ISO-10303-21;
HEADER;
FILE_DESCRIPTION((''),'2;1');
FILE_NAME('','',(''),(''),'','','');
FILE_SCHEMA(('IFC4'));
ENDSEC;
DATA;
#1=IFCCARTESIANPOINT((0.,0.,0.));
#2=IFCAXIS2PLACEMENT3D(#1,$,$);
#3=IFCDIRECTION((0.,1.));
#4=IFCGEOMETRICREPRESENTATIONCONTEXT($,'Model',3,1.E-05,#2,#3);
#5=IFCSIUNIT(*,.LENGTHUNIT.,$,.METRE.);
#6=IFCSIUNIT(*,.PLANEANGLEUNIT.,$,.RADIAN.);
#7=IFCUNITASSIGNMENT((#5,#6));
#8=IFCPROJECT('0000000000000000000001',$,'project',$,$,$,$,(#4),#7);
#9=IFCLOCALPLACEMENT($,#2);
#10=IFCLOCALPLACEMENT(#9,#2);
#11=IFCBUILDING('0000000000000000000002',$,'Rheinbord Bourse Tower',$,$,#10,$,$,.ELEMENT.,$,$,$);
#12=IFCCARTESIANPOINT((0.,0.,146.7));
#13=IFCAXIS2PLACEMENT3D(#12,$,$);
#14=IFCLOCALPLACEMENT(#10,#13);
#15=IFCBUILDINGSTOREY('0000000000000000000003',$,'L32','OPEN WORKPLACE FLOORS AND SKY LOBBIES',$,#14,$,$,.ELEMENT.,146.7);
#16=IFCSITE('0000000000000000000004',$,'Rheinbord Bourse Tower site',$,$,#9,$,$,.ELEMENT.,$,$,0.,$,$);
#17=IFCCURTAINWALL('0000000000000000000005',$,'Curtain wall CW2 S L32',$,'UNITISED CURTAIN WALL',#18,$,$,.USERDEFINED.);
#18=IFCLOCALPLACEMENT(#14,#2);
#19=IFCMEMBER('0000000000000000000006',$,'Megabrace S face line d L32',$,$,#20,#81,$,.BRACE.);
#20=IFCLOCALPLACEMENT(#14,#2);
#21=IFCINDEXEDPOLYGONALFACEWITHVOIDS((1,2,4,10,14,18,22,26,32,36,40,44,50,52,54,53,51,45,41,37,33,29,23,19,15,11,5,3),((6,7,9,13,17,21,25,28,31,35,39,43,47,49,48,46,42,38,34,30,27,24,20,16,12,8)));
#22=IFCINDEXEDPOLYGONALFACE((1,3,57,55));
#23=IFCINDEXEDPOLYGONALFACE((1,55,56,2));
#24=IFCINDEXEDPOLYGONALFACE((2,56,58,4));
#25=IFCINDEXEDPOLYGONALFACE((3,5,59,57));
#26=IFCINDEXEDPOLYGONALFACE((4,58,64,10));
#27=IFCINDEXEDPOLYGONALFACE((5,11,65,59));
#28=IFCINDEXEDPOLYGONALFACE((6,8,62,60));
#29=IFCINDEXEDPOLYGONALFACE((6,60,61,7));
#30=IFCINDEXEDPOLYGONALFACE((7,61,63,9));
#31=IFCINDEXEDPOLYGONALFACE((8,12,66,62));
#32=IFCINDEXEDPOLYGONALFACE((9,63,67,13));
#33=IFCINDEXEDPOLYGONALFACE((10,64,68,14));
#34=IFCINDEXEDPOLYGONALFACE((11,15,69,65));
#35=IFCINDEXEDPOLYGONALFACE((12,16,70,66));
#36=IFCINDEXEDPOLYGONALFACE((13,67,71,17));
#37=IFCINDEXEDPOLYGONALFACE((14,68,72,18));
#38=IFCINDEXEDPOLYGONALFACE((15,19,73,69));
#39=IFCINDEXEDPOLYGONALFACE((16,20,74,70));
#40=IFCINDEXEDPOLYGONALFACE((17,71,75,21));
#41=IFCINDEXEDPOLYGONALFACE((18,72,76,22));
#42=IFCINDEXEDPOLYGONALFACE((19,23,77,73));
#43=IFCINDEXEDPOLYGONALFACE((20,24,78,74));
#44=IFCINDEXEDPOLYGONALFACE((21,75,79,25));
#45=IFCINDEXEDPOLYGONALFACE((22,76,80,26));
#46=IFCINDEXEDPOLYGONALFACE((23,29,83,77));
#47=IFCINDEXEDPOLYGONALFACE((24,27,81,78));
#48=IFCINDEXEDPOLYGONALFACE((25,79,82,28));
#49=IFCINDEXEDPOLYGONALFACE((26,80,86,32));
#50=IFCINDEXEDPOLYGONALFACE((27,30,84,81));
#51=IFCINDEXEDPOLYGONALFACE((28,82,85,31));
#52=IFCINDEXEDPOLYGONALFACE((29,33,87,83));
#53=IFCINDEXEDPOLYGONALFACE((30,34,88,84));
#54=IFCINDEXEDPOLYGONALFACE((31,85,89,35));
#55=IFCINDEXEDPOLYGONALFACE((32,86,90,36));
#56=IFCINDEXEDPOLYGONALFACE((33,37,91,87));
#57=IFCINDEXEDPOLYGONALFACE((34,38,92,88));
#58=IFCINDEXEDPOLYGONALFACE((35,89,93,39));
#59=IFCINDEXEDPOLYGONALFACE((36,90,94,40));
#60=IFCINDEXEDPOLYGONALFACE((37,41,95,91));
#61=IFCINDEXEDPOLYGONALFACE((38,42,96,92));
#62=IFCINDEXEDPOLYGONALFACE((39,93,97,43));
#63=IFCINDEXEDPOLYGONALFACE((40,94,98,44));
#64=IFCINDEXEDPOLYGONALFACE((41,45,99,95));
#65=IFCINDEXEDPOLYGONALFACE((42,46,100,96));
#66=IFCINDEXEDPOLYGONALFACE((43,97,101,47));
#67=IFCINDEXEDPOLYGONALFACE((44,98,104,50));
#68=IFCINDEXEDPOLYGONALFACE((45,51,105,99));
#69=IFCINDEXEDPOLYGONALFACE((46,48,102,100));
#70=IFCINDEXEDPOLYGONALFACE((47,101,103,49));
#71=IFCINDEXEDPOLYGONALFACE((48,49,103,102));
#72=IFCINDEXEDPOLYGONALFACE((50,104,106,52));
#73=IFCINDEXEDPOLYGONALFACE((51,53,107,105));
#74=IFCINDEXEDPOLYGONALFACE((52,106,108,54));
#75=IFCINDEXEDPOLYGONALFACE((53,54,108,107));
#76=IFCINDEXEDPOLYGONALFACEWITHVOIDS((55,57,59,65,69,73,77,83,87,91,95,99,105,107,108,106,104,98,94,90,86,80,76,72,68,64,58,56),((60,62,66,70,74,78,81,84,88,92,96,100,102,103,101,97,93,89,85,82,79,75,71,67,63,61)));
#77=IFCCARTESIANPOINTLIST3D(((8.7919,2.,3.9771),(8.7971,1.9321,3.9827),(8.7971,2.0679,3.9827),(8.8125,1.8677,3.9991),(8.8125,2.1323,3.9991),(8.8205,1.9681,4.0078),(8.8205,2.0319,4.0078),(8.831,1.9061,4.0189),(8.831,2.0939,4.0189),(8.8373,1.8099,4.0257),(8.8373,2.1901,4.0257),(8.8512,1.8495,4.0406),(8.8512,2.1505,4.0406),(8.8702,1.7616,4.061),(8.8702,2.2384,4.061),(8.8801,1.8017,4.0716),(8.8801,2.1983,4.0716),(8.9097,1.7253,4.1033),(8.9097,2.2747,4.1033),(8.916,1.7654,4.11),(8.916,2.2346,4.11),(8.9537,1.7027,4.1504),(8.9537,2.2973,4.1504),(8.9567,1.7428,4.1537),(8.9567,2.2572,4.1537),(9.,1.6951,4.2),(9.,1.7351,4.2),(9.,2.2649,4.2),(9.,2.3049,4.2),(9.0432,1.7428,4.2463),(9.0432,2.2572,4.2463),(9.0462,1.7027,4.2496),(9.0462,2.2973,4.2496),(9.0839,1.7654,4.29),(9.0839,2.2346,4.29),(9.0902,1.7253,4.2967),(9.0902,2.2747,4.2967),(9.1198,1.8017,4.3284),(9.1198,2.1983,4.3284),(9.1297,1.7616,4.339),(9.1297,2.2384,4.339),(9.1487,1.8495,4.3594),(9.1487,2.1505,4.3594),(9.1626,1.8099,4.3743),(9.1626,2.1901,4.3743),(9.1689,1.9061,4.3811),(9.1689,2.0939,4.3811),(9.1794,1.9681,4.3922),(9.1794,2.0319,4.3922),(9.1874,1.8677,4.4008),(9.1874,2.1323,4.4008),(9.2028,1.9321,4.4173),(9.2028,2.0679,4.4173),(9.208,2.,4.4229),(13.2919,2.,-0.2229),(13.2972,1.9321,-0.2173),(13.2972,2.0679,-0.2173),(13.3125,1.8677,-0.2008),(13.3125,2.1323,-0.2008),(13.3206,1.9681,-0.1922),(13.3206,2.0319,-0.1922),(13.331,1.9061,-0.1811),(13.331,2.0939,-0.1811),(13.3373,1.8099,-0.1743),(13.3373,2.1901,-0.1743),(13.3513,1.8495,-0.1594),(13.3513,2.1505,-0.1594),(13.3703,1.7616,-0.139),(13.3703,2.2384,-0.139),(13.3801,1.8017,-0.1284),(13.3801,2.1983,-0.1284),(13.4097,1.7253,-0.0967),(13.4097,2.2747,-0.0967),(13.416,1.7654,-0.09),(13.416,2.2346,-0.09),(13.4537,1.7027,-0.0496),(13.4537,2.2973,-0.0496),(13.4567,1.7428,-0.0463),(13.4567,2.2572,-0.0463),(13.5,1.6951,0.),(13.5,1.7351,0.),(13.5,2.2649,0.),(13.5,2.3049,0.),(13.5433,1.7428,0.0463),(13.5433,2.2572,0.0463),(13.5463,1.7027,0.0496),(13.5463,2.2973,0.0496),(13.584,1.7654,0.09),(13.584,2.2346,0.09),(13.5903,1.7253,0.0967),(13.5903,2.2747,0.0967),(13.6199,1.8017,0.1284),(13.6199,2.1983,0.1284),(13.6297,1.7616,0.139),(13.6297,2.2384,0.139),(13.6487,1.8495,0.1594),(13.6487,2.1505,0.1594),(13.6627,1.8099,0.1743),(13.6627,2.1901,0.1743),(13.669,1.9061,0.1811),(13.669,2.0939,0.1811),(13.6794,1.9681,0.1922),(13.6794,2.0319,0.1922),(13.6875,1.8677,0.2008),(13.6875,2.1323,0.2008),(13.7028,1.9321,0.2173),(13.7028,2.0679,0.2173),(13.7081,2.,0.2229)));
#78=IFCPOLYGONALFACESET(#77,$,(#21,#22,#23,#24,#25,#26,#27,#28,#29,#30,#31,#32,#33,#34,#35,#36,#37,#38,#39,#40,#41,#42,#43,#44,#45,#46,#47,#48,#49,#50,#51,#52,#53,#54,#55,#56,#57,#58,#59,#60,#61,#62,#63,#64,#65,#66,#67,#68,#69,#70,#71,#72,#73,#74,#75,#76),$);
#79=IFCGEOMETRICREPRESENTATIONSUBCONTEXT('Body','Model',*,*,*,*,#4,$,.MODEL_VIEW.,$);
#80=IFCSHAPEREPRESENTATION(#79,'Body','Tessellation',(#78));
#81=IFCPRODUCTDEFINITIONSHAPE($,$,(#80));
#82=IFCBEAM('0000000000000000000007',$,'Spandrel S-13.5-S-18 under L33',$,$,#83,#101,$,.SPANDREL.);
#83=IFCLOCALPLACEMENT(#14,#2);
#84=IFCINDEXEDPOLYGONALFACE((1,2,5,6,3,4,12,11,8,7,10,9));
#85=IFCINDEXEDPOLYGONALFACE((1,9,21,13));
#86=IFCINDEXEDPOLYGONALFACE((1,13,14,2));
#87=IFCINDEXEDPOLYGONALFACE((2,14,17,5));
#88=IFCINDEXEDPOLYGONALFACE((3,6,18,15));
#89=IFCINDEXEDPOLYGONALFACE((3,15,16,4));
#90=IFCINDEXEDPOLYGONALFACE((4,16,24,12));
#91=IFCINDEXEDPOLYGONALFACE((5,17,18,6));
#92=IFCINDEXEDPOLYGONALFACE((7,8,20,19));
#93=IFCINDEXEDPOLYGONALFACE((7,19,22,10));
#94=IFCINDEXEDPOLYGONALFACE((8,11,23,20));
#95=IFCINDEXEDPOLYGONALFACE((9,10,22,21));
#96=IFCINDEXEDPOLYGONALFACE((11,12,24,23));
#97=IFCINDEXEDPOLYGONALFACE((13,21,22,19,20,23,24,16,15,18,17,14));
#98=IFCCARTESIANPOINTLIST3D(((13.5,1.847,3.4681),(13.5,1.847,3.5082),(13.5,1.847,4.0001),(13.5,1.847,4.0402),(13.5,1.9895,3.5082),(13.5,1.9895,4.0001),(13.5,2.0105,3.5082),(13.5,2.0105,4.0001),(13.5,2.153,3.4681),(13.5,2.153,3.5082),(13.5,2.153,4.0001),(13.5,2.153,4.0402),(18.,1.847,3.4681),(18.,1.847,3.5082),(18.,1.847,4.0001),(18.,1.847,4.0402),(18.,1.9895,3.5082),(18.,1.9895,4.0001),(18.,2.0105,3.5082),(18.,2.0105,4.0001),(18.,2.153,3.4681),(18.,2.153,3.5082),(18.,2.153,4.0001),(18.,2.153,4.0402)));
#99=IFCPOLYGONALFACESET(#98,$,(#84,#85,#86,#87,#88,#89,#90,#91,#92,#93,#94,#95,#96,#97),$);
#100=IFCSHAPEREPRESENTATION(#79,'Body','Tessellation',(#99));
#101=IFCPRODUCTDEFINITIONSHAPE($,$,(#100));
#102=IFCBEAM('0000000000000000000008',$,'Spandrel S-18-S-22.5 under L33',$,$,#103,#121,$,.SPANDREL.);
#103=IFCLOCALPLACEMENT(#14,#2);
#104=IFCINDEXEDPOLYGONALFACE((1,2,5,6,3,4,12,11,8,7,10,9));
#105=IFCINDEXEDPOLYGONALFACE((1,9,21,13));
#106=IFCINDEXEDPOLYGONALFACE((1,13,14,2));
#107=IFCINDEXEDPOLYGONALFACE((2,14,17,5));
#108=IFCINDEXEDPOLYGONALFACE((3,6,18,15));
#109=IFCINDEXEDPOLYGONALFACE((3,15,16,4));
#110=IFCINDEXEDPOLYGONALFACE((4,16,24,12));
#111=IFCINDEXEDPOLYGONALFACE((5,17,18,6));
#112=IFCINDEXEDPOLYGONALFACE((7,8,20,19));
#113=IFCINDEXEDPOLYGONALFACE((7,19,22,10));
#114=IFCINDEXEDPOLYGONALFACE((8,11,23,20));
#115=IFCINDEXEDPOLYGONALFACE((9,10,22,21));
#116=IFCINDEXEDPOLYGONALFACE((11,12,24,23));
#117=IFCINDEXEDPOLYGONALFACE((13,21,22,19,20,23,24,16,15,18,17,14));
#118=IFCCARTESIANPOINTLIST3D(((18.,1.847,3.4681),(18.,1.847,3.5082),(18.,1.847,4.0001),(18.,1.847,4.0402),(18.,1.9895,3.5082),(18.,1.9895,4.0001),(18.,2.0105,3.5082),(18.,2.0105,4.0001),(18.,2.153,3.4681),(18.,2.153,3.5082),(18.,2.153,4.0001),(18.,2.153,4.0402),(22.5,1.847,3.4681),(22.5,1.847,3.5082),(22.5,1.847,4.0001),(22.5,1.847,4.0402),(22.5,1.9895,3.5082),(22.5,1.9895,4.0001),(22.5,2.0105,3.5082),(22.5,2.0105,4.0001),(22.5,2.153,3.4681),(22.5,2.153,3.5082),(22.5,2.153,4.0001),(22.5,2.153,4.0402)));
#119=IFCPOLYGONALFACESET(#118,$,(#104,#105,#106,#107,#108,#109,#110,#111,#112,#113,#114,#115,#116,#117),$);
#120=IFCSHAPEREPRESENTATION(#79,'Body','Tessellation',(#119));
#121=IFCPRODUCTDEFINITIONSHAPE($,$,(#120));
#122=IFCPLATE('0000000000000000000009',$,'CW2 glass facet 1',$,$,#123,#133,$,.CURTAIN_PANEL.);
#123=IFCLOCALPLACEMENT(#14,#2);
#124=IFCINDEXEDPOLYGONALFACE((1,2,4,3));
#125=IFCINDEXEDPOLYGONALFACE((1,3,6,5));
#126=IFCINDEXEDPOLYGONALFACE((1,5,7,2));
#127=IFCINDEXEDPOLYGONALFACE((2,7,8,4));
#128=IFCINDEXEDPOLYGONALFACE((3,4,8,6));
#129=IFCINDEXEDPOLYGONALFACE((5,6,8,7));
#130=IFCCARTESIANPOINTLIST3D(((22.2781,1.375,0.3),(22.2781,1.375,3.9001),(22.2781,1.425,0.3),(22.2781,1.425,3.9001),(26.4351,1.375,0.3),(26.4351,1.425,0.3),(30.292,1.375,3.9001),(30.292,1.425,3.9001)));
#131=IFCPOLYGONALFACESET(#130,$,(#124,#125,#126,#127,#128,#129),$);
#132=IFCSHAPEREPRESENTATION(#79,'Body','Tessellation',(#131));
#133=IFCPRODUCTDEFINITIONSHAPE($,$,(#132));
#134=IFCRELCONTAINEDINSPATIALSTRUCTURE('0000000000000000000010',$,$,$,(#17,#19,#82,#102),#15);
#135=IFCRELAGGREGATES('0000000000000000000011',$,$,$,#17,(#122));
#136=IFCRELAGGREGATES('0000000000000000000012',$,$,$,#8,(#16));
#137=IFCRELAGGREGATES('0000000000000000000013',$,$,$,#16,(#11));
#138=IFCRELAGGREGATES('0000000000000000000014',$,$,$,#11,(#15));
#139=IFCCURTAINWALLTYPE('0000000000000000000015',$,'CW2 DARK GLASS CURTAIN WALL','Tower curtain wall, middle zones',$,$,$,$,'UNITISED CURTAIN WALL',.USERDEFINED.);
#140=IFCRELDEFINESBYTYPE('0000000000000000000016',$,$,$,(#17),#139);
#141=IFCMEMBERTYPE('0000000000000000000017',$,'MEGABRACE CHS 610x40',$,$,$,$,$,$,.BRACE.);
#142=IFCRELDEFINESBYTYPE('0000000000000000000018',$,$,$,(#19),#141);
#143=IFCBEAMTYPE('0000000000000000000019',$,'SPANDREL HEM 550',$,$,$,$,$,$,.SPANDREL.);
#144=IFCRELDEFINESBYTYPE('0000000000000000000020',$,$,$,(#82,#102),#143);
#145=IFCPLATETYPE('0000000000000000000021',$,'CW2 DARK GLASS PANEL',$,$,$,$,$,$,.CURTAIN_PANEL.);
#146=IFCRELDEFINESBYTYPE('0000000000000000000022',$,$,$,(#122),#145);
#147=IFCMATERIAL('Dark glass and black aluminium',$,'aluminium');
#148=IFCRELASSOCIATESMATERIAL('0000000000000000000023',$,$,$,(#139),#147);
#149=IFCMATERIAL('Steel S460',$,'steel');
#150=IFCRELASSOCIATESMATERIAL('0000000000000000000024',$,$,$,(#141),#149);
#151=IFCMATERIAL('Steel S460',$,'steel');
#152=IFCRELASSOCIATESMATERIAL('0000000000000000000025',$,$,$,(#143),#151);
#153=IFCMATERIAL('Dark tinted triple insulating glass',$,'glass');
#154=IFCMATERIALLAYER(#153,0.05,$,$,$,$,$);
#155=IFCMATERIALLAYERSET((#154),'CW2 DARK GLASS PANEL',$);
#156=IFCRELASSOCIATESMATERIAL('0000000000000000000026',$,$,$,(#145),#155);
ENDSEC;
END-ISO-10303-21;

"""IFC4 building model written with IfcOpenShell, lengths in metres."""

from ifc_helpers import new_model, si_unit, direction, frame, origin, origin_2d, place, context, subcontext, project, spatial, polyline, hollow_circle, i_section, outline, extrude, material, layer, layer_set, material_profile, profile_set, type_object, element, aggregate, save


model = new_model("IFC4")

# Units and contexts
model_context = context("Model", 3, precision=1e-05, world=origin(), true_north=direction((0.0, 1.0)))
body_context = subcontext(model_context, "Body", "Model", "MODEL_VIEW")
ifc_project = project(units=[si_unit("LENGTHUNIT", "METRE"), si_unit("PLANEANGLEUNIT", "RADIAN")], contexts=[model_context])

# Site, building, storey
site_placement = place(None, origin())
site = spatial("IfcSite", under=ifc_project, at=site_placement, Name="Rheinbord Bourse Tower site", CompositionType="ELEMENT", RefElevation=0.0)
building_placement = place(site_placement, origin())
building = spatial("IfcBuilding", under=site, at=building_placement, Name="Rheinbord Bourse Tower", CompositionType="ELEMENT")
storey_placement = place(building_placement, frame((0.0, 0.0, 146.7)))
storey = spatial("IfcBuildingStorey", under=building, at=storey_placement, Name="L32", Description="OPEN WORKPLACE FLOORS AND SKY LOBBIES", CompositionType="ELEMENT", Elevation=146.7)

# Curtain wall
ifc_material_1 = material(Name="Dark glass and black aluminium", Category="aluminium")
curtain_wall_type = type_object("IfcCurtainWallType", Name="CW2 DARK GLASS CURTAIN WALL", Description="Tower curtain wall, middle zones", ElementType="UNITISED CURTAIN WALL", PredefinedType="USERDEFINED", material=ifc_material_1)
curtain_wall_placement = place(storey_placement, origin())
curtain_wall = element("IfcCurtainWall", 1, at=curtain_wall_placement, inside=storey, type_object=curtain_wall_type, Name="Curtain wall CW2 S L32", ObjectType="UNITISED CURTAIN WALL", PredefinedType="USERDEFINED")

# Member
ifc_material_2 = material(Name="Steel S460", Category="steel")
ifc_material_profile_1 = material_profile(ifc_material_2, hollow_circle(Radius=0.3049, WallThickness=0.04, at=origin_2d()), Name="CHS 610x40")
ifc_profile_set_1 = profile_set([ifc_material_profile_1], Name="Steel S460")
member_type_1 = type_object("IfcMemberType", Name="MEGABRACE CHS 610x40", PredefinedType="BRACE", material=ifc_profile_set_1)
member_1_placement = place(storey_placement, frame((13.5, 2.0, 0.0), z_axis=(-0.731059, 0.0, 0.682314), x_axis=(0.0, -1.0, 0.0)))
element("IfcMember", 2, at=member_1_placement, inside=storey, type_object=member_type_1, Name="Megabrace S face line d L32", PredefinedType="BRACE", context=body_context, shape_type="SweptSolid", body=[
    extrude(hollow_circle(Radius=0.3049, WallThickness=0.04, at=origin_2d()), origin(), (0.0, 0.0, 1.0), 6.1555),
])

# Beams
ifc_material_3 = material(Name="Steel S460", Category="steel")
ifc_material_profile_2 = material_profile(ifc_material_3, i_section(OverallWidth=0.3059, OverallDepth=0.572, WebThickness=0.021, FlangeThickness=0.04, at=origin_2d()), Name="HEM 550")
ifc_profile_set_2 = profile_set([ifc_material_profile_2], Name="Steel S460")
beam_type_1 = type_object("IfcBeamType", Name="SPANDREL HEM 550", PredefinedType="SPANDREL", material=ifc_profile_set_2)
for number, where, z_axis, x_axis, name in (
    (3, (13.5, 2.0, 3.7542), (1.0, 0.0, 0.0), (0.0, 1.0, 0.0), "Spandrel S-13.5-S-18 under L33"),
    (4, (18.0, 2.0, 3.7542), (1.0, 0.0, 0.0), (0.0, 1.0, 0.0), "Spandrel S-18-S-22.5 under L33"),
):
    element("IfcBeam", number, at=place(storey_placement, frame(where, z_axis=z_axis, x_axis=x_axis)), inside=storey, type_object=beam_type_1, Name=name, PredefinedType="SPANDREL", context=body_context, shape_type="SweptSolid", body=[
        extrude(i_section(OverallWidth=0.3059, OverallDepth=0.572, WebThickness=0.021, FlangeThickness=0.04, at=origin_2d()), origin(), (0.0, 0.0, 1.0), 4.5),
    ])

# Plate
ifc_material_4 = material(Name="Dark tinted triple insulating glass", Category="glass")
ifc_layer = layer(ifc_material_4, 0.05)
ifc_layer_set = layer_set([ifc_layer], Name="CW2 DARK GLASS PANEL")
plate_type = type_object("IfcPlateType", Name="CW2 DARK GLASS PANEL", PredefinedType="CURTAIN_PANEL", material=ifc_layer_set)
plate_placement = place(storey_placement, frame((22.2781, 1.375, 0.3), z_axis=(0.0, 1.0, 0.0), x_axis=(0.0, 0.0, 1.0)))
plate = element("IfcPlate", 5, at=plate_placement, type_object=plate_type, Name="CW2 glass facet 1", PredefinedType="CURTAIN_PANEL", context=body_context, shape_type="SweptSolid", body=[
    extrude(outline(polyline([(0.0, 0.0), (3.6001, 0.0), (3.6001, 8.0139), (0.0, 4.157), (0.0, 0.0)])), origin(), (0.0, 0.0, 1.0), 0.05),
])
aggregate(curtain_wall, [plate])

save(model, "model.ifc")
